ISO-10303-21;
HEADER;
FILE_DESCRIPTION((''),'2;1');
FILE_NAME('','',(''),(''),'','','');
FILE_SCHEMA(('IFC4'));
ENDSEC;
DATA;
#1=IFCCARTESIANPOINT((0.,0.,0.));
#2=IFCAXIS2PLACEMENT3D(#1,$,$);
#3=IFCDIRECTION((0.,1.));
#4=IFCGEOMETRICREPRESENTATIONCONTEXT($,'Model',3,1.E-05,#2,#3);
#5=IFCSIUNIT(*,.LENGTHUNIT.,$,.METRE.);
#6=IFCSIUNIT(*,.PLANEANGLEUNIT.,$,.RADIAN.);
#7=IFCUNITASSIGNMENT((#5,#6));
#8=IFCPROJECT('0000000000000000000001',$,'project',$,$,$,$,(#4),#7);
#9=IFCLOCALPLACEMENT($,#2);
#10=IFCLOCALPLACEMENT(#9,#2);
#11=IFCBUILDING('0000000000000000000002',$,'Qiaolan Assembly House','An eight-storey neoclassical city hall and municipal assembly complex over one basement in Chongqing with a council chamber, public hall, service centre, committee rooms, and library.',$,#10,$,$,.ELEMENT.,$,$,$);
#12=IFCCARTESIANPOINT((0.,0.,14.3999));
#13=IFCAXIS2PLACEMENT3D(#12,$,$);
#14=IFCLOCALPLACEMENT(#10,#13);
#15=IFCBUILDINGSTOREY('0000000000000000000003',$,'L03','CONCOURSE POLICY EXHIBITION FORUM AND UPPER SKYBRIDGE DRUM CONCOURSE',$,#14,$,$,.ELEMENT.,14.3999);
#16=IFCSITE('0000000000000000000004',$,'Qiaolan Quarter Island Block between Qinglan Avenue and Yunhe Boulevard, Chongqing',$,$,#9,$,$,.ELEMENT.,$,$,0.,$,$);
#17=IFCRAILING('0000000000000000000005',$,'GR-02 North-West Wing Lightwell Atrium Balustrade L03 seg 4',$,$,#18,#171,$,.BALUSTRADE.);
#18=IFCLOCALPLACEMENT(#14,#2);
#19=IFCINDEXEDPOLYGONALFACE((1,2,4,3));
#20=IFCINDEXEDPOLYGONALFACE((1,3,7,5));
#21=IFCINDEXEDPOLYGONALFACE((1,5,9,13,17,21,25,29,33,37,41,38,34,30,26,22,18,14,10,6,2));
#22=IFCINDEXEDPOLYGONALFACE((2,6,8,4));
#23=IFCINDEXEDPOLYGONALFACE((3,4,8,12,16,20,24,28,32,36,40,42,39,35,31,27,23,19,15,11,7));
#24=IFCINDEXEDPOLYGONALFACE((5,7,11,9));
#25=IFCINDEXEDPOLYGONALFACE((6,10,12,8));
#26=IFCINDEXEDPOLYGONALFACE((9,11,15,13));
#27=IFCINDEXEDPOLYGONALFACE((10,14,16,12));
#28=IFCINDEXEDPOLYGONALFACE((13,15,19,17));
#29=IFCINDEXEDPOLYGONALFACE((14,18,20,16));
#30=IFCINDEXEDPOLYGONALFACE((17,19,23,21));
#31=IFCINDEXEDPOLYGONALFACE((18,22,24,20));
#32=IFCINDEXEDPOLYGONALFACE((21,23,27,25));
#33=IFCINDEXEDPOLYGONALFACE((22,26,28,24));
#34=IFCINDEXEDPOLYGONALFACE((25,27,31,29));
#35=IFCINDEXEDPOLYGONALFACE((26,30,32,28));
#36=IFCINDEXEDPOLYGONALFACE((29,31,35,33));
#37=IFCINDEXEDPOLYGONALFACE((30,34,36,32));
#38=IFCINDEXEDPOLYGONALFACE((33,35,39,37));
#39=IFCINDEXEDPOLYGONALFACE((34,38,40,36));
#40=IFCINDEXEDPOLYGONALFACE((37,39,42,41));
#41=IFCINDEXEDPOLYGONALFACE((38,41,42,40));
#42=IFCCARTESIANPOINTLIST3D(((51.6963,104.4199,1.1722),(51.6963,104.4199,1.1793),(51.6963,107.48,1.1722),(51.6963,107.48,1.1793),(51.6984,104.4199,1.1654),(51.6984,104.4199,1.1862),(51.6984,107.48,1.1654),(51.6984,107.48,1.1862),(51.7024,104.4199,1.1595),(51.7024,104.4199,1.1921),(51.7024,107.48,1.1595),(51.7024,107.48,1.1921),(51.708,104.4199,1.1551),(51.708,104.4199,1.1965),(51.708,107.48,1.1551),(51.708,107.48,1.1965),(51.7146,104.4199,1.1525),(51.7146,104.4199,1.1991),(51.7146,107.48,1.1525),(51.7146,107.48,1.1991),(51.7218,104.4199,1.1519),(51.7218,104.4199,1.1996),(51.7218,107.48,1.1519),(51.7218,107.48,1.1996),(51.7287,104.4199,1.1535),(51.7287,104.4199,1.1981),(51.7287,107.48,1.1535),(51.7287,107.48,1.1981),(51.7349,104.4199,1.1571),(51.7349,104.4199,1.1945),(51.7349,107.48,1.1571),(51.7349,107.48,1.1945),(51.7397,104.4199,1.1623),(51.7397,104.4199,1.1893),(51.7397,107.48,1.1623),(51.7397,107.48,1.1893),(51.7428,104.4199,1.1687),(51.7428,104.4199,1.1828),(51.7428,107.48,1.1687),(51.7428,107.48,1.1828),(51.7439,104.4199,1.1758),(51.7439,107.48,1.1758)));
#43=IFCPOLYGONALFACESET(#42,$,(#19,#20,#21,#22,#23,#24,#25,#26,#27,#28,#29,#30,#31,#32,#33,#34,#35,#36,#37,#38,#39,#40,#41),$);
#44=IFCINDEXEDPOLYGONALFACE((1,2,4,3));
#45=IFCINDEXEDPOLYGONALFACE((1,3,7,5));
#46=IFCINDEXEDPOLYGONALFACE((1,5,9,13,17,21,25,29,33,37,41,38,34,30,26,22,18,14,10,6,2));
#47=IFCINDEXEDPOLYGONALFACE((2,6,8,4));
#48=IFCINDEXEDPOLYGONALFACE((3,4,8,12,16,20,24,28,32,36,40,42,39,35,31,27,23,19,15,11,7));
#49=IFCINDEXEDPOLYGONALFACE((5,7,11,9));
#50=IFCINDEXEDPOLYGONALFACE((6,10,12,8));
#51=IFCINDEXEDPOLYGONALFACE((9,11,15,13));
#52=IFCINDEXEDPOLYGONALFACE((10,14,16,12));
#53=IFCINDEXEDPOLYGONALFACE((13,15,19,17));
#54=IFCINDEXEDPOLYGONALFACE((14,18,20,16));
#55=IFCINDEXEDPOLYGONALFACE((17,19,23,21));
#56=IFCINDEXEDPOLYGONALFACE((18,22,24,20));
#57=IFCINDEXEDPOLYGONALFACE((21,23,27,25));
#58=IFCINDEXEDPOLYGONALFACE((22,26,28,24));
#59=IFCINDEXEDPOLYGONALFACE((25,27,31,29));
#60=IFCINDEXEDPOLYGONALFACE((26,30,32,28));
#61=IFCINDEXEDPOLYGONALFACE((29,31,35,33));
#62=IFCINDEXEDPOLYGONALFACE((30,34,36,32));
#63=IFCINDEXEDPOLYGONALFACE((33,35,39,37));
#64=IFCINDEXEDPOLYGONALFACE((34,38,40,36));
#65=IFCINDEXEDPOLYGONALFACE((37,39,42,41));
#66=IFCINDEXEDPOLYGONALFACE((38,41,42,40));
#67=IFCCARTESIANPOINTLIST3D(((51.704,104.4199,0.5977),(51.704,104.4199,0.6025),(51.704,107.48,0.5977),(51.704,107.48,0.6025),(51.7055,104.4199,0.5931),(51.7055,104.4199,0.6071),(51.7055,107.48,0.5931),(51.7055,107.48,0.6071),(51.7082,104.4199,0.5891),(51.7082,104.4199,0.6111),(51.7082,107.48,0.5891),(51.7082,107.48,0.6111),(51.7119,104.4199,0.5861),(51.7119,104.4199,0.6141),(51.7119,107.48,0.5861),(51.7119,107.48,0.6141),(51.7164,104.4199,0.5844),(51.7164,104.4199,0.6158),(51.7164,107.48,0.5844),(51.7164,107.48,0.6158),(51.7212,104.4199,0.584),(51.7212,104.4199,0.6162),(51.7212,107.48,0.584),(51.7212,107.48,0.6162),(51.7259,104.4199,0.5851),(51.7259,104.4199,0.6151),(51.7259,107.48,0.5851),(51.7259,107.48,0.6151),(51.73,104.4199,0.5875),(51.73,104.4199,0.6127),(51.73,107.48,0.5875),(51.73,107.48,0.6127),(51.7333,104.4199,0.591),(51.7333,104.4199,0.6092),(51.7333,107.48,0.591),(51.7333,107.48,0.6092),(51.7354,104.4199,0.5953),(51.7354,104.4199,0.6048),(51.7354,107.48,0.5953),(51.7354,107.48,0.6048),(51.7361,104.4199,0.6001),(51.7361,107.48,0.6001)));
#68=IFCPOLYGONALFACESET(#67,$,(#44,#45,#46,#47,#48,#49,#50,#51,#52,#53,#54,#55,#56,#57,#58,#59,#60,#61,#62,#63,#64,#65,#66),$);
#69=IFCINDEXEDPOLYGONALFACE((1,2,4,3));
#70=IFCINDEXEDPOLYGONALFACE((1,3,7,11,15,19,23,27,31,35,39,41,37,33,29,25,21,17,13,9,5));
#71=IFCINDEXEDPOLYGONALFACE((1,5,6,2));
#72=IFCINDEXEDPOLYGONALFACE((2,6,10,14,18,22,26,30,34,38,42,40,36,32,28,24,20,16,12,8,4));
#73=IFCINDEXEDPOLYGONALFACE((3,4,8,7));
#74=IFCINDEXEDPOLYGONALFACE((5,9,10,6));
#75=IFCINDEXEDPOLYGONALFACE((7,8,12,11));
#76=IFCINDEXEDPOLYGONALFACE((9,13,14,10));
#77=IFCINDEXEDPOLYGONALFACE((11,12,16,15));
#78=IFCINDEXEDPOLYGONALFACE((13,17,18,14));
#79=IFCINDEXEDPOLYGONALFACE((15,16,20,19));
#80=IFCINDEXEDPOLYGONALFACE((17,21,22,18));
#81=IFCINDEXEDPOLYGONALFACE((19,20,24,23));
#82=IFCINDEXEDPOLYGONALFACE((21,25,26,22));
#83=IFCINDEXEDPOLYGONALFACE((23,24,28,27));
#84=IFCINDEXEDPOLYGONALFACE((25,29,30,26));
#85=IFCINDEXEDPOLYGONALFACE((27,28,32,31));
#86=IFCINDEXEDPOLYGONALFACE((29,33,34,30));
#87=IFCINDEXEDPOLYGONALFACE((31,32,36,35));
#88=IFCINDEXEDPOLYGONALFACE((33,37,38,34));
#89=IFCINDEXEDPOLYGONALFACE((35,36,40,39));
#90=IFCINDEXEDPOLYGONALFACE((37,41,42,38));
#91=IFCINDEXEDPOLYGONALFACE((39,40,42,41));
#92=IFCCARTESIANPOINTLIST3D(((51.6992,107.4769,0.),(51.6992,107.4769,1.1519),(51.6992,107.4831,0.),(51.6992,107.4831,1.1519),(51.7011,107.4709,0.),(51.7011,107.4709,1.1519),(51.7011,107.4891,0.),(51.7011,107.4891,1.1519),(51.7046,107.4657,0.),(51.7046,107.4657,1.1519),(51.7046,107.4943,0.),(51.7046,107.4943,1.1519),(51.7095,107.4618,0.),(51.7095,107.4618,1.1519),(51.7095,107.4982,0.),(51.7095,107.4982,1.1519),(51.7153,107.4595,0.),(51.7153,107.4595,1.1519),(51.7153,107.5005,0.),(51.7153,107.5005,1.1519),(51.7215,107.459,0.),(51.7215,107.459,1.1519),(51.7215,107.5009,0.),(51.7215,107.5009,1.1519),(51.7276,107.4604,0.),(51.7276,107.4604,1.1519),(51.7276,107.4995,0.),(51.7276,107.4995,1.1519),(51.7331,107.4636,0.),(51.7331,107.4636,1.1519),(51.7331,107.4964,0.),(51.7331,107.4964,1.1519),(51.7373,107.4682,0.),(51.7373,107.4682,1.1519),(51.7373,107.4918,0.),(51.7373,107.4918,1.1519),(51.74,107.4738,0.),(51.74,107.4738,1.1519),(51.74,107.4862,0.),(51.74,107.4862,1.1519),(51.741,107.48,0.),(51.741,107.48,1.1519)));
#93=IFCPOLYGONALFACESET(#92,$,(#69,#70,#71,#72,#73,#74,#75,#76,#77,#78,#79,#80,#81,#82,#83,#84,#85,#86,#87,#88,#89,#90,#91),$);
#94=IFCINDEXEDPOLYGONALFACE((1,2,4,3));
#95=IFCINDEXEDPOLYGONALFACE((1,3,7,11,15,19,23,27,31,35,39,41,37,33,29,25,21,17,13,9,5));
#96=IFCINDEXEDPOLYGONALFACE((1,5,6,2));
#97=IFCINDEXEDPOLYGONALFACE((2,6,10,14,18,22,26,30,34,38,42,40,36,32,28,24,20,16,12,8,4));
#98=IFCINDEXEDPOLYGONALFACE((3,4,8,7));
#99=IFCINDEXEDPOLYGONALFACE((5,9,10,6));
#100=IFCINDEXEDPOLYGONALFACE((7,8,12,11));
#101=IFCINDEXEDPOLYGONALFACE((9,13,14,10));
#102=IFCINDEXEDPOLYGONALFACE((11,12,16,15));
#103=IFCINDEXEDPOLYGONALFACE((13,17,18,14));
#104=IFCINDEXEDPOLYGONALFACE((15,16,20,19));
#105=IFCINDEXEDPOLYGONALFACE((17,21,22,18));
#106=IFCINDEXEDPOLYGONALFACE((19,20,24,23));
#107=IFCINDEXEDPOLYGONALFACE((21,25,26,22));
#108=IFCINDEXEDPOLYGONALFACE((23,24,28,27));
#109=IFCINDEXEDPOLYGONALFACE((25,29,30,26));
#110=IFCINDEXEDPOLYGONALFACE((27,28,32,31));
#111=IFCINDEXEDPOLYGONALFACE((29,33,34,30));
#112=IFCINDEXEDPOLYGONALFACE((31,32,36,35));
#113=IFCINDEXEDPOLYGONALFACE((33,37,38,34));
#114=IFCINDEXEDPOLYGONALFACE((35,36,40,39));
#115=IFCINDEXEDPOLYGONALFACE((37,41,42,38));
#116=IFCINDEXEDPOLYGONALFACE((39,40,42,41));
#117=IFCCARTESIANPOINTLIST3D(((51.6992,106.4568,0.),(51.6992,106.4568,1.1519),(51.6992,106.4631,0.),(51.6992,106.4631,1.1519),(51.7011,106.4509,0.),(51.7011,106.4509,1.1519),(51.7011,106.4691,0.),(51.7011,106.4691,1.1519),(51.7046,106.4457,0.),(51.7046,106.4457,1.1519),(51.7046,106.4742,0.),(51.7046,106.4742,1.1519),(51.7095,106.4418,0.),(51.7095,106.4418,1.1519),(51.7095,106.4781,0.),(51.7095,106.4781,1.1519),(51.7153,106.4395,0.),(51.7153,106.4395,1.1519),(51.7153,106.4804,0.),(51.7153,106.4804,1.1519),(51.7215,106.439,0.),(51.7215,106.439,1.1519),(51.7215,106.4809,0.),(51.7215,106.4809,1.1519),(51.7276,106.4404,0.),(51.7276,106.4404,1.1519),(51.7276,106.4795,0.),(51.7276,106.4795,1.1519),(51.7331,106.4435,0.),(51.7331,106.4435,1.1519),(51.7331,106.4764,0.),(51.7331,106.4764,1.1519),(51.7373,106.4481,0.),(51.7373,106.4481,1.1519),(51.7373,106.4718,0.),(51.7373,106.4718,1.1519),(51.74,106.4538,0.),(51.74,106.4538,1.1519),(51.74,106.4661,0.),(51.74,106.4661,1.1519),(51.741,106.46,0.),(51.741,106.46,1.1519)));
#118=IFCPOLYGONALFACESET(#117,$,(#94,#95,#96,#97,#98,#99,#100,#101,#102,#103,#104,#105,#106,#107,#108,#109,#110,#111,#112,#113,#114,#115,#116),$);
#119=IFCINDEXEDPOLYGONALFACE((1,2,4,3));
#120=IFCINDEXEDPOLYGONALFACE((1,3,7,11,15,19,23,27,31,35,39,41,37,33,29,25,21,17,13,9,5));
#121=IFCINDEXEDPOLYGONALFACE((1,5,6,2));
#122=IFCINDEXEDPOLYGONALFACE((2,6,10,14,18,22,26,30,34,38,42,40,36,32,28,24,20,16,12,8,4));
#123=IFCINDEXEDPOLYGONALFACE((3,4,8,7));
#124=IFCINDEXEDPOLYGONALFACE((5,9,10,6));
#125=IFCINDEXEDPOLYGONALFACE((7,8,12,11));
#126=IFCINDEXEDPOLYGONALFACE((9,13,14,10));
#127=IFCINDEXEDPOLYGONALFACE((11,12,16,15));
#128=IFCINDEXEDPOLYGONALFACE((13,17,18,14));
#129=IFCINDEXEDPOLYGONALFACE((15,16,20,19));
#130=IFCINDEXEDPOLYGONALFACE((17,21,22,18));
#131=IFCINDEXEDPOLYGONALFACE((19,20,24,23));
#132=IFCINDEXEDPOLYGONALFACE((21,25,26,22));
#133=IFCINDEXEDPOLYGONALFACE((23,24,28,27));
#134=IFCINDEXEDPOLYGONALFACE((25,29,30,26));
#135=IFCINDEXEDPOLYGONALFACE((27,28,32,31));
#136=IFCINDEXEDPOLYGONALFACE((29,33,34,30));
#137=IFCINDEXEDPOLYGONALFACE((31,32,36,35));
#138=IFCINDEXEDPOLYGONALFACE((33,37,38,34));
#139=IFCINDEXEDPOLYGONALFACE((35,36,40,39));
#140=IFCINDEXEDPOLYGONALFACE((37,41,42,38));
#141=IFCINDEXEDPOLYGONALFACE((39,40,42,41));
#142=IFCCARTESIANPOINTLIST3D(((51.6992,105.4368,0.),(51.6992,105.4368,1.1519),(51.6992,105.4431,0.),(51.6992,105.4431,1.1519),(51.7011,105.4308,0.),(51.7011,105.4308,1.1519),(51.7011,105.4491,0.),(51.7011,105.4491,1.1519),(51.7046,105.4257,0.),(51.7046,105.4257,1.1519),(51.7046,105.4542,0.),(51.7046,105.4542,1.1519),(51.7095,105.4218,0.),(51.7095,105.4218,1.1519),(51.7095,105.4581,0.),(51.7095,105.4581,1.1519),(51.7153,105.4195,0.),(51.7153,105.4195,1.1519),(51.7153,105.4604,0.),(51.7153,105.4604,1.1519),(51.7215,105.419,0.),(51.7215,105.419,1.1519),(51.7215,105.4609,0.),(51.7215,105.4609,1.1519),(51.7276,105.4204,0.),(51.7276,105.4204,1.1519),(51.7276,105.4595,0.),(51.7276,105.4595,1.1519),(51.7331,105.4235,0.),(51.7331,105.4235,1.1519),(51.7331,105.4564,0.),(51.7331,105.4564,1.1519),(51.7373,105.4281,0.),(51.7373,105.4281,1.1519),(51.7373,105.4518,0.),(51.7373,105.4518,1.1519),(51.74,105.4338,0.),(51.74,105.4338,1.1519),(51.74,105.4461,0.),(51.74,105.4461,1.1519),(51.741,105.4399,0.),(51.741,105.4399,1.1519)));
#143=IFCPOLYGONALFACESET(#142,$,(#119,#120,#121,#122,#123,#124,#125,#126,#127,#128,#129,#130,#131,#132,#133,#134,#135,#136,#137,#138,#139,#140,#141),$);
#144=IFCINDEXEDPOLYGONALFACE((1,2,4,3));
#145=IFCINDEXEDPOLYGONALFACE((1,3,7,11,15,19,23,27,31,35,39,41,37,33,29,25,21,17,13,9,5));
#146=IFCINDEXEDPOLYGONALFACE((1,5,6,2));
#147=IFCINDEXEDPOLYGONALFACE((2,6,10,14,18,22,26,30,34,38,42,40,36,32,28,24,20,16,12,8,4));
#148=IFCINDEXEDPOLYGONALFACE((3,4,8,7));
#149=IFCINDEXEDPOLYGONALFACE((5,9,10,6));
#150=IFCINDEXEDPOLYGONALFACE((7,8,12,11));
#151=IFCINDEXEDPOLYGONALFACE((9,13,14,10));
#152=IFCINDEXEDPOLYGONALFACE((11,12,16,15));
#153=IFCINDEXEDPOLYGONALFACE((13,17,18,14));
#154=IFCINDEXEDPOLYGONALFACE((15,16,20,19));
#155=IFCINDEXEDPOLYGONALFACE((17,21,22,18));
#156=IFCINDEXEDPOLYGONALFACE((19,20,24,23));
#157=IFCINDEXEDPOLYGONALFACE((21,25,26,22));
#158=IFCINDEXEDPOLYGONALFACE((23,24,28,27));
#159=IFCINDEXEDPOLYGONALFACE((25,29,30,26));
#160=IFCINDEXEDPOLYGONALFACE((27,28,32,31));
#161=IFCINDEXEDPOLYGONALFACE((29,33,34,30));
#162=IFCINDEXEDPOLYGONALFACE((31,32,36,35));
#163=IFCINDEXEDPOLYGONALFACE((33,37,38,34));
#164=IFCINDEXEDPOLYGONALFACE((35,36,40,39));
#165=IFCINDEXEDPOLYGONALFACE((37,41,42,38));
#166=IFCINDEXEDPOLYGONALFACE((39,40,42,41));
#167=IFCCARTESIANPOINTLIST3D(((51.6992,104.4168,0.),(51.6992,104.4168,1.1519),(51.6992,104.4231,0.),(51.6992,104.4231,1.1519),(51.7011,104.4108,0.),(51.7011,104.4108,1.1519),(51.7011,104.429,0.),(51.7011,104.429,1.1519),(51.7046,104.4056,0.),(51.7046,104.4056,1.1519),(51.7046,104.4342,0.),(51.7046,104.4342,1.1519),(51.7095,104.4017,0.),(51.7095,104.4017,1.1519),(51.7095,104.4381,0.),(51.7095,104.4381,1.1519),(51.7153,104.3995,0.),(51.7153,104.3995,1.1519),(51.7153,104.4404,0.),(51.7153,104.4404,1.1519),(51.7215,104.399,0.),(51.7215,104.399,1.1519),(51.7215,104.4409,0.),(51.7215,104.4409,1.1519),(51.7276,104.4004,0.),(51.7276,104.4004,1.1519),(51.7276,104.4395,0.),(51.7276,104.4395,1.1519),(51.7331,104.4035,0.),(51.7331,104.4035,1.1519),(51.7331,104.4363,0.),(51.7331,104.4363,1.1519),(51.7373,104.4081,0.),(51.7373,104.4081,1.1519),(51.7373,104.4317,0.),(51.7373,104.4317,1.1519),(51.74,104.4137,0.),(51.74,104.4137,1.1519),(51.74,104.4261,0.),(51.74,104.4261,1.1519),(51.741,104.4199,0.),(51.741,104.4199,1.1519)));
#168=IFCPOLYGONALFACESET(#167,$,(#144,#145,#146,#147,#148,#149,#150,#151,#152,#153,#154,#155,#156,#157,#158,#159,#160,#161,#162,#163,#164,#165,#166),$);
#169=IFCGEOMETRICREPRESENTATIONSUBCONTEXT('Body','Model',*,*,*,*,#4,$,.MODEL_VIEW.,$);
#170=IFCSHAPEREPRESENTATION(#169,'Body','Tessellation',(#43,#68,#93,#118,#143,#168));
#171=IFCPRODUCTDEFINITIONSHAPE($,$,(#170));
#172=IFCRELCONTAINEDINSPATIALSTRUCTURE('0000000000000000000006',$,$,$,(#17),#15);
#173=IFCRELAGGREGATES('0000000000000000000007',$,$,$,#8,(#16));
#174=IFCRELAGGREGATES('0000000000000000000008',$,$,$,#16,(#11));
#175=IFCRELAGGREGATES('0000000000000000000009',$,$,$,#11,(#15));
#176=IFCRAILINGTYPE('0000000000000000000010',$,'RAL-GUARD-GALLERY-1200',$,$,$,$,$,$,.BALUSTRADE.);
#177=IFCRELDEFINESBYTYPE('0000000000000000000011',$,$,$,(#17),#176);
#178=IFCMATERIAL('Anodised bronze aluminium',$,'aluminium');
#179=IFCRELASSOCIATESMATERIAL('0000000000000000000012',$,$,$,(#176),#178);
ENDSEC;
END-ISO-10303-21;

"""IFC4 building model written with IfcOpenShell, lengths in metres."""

from ifc_helpers import new_model, si_unit, direction, frame, origin, origin_2d, place, context, subcontext, project, spatial, circle, extrude, material, type_object, element, save


model = new_model("IFC4")

# Units and contexts
model_context = context("Model", 3, precision=1e-05, world=origin(), true_north=direction((0.0, 1.0)))
body_context = subcontext(model_context, "Body", "Model", "MODEL_VIEW")
ifc_project = project(units=[si_unit("LENGTHUNIT", "METRE"), si_unit("PLANEANGLEUNIT", "RADIAN")], contexts=[model_context])

# Site, building, storey
site_placement = place(None, origin())
site = spatial("IfcSite", under=ifc_project, at=site_placement, Name="Qiaolan Quarter Island Block between Qinglan Avenue and Yunhe Boulevard, Chongqing", CompositionType="ELEMENT", RefElevation=0.0)
building_placement = place(site_placement, origin())
building = spatial("IfcBuilding", under=site, at=building_placement, Name="Qiaolan Assembly House", Description="An eight-storey neoclassical city hall and municipal assembly complex over one basement in Chongqing with a council chamber, public hall, service centre, committee rooms, and library.", CompositionType="ELEMENT")
storey_placement = place(building_placement, frame((0.0, 0.0, 14.3999)))
storey = spatial("IfcBuildingStorey", under=building, at=storey_placement, Name="L03", Description="CONCOURSE POLICY EXHIBITION FORUM AND UPPER SKYBRIDGE DRUM CONCOURSE", CompositionType="ELEMENT", Elevation=14.3999)

# Railing
ifc_material_1 = material(Name="Anodised bronze aluminium", Category="aluminium")
railing_type = type_object("IfcRailingType", Name="RAL-GUARD-GALLERY-1200", PredefinedType="BALUSTRADE", material=ifc_material_1)
railing_1_placement = place(storey_placement, frame((51.72, 107.48, 0.0)))
element("IfcRailing", 1, at=railing_1_placement, inside=storey, type_object=railing_type, Name="GR-02 North-West Wing Lightwell Atrium Balustrade L03 seg 4", PredefinedType="BALUSTRADE", context=body_context, shape_type="SweptSolid", body=[
    extrude(circle(Radius=0.0239, at=origin_2d()), frame((0.0, 0.0, 1.1758), z_axis=(0.0, -1.0, 0.0), x_axis=(1.0, 0.0, 0.0)), (0.0, 0.0, 1.0), 3.0601),
    extrude(circle(Radius=0.0161, at=origin_2d()), frame((0.0, 0.0, 0.6001), z_axis=(0.0, -1.0, 0.0), x_axis=(1.0, 0.0, 0.0)), (0.0, 0.0, 1.0), 3.0601),
    extrude(circle(Radius=0.021, at=origin_2d()), origin(), (0.0, 0.0, 1.0), 1.1519),
    extrude(circle(Radius=0.021, at=origin_2d()), frame((0.0, -1.02, 0.0)), (0.0, 0.0, 1.0), 1.1519),
    extrude(circle(Radius=0.021, at=origin_2d()), frame((0.0, -2.04, 0.0)), (0.0, 0.0, 1.0), 1.1519),
    extrude(circle(Radius=0.021, at=origin_2d()), frame((0.0, -3.0601, 0.0)), (0.0, 0.0, 1.0), 1.1519),
])

save(model, "model.ifc")
